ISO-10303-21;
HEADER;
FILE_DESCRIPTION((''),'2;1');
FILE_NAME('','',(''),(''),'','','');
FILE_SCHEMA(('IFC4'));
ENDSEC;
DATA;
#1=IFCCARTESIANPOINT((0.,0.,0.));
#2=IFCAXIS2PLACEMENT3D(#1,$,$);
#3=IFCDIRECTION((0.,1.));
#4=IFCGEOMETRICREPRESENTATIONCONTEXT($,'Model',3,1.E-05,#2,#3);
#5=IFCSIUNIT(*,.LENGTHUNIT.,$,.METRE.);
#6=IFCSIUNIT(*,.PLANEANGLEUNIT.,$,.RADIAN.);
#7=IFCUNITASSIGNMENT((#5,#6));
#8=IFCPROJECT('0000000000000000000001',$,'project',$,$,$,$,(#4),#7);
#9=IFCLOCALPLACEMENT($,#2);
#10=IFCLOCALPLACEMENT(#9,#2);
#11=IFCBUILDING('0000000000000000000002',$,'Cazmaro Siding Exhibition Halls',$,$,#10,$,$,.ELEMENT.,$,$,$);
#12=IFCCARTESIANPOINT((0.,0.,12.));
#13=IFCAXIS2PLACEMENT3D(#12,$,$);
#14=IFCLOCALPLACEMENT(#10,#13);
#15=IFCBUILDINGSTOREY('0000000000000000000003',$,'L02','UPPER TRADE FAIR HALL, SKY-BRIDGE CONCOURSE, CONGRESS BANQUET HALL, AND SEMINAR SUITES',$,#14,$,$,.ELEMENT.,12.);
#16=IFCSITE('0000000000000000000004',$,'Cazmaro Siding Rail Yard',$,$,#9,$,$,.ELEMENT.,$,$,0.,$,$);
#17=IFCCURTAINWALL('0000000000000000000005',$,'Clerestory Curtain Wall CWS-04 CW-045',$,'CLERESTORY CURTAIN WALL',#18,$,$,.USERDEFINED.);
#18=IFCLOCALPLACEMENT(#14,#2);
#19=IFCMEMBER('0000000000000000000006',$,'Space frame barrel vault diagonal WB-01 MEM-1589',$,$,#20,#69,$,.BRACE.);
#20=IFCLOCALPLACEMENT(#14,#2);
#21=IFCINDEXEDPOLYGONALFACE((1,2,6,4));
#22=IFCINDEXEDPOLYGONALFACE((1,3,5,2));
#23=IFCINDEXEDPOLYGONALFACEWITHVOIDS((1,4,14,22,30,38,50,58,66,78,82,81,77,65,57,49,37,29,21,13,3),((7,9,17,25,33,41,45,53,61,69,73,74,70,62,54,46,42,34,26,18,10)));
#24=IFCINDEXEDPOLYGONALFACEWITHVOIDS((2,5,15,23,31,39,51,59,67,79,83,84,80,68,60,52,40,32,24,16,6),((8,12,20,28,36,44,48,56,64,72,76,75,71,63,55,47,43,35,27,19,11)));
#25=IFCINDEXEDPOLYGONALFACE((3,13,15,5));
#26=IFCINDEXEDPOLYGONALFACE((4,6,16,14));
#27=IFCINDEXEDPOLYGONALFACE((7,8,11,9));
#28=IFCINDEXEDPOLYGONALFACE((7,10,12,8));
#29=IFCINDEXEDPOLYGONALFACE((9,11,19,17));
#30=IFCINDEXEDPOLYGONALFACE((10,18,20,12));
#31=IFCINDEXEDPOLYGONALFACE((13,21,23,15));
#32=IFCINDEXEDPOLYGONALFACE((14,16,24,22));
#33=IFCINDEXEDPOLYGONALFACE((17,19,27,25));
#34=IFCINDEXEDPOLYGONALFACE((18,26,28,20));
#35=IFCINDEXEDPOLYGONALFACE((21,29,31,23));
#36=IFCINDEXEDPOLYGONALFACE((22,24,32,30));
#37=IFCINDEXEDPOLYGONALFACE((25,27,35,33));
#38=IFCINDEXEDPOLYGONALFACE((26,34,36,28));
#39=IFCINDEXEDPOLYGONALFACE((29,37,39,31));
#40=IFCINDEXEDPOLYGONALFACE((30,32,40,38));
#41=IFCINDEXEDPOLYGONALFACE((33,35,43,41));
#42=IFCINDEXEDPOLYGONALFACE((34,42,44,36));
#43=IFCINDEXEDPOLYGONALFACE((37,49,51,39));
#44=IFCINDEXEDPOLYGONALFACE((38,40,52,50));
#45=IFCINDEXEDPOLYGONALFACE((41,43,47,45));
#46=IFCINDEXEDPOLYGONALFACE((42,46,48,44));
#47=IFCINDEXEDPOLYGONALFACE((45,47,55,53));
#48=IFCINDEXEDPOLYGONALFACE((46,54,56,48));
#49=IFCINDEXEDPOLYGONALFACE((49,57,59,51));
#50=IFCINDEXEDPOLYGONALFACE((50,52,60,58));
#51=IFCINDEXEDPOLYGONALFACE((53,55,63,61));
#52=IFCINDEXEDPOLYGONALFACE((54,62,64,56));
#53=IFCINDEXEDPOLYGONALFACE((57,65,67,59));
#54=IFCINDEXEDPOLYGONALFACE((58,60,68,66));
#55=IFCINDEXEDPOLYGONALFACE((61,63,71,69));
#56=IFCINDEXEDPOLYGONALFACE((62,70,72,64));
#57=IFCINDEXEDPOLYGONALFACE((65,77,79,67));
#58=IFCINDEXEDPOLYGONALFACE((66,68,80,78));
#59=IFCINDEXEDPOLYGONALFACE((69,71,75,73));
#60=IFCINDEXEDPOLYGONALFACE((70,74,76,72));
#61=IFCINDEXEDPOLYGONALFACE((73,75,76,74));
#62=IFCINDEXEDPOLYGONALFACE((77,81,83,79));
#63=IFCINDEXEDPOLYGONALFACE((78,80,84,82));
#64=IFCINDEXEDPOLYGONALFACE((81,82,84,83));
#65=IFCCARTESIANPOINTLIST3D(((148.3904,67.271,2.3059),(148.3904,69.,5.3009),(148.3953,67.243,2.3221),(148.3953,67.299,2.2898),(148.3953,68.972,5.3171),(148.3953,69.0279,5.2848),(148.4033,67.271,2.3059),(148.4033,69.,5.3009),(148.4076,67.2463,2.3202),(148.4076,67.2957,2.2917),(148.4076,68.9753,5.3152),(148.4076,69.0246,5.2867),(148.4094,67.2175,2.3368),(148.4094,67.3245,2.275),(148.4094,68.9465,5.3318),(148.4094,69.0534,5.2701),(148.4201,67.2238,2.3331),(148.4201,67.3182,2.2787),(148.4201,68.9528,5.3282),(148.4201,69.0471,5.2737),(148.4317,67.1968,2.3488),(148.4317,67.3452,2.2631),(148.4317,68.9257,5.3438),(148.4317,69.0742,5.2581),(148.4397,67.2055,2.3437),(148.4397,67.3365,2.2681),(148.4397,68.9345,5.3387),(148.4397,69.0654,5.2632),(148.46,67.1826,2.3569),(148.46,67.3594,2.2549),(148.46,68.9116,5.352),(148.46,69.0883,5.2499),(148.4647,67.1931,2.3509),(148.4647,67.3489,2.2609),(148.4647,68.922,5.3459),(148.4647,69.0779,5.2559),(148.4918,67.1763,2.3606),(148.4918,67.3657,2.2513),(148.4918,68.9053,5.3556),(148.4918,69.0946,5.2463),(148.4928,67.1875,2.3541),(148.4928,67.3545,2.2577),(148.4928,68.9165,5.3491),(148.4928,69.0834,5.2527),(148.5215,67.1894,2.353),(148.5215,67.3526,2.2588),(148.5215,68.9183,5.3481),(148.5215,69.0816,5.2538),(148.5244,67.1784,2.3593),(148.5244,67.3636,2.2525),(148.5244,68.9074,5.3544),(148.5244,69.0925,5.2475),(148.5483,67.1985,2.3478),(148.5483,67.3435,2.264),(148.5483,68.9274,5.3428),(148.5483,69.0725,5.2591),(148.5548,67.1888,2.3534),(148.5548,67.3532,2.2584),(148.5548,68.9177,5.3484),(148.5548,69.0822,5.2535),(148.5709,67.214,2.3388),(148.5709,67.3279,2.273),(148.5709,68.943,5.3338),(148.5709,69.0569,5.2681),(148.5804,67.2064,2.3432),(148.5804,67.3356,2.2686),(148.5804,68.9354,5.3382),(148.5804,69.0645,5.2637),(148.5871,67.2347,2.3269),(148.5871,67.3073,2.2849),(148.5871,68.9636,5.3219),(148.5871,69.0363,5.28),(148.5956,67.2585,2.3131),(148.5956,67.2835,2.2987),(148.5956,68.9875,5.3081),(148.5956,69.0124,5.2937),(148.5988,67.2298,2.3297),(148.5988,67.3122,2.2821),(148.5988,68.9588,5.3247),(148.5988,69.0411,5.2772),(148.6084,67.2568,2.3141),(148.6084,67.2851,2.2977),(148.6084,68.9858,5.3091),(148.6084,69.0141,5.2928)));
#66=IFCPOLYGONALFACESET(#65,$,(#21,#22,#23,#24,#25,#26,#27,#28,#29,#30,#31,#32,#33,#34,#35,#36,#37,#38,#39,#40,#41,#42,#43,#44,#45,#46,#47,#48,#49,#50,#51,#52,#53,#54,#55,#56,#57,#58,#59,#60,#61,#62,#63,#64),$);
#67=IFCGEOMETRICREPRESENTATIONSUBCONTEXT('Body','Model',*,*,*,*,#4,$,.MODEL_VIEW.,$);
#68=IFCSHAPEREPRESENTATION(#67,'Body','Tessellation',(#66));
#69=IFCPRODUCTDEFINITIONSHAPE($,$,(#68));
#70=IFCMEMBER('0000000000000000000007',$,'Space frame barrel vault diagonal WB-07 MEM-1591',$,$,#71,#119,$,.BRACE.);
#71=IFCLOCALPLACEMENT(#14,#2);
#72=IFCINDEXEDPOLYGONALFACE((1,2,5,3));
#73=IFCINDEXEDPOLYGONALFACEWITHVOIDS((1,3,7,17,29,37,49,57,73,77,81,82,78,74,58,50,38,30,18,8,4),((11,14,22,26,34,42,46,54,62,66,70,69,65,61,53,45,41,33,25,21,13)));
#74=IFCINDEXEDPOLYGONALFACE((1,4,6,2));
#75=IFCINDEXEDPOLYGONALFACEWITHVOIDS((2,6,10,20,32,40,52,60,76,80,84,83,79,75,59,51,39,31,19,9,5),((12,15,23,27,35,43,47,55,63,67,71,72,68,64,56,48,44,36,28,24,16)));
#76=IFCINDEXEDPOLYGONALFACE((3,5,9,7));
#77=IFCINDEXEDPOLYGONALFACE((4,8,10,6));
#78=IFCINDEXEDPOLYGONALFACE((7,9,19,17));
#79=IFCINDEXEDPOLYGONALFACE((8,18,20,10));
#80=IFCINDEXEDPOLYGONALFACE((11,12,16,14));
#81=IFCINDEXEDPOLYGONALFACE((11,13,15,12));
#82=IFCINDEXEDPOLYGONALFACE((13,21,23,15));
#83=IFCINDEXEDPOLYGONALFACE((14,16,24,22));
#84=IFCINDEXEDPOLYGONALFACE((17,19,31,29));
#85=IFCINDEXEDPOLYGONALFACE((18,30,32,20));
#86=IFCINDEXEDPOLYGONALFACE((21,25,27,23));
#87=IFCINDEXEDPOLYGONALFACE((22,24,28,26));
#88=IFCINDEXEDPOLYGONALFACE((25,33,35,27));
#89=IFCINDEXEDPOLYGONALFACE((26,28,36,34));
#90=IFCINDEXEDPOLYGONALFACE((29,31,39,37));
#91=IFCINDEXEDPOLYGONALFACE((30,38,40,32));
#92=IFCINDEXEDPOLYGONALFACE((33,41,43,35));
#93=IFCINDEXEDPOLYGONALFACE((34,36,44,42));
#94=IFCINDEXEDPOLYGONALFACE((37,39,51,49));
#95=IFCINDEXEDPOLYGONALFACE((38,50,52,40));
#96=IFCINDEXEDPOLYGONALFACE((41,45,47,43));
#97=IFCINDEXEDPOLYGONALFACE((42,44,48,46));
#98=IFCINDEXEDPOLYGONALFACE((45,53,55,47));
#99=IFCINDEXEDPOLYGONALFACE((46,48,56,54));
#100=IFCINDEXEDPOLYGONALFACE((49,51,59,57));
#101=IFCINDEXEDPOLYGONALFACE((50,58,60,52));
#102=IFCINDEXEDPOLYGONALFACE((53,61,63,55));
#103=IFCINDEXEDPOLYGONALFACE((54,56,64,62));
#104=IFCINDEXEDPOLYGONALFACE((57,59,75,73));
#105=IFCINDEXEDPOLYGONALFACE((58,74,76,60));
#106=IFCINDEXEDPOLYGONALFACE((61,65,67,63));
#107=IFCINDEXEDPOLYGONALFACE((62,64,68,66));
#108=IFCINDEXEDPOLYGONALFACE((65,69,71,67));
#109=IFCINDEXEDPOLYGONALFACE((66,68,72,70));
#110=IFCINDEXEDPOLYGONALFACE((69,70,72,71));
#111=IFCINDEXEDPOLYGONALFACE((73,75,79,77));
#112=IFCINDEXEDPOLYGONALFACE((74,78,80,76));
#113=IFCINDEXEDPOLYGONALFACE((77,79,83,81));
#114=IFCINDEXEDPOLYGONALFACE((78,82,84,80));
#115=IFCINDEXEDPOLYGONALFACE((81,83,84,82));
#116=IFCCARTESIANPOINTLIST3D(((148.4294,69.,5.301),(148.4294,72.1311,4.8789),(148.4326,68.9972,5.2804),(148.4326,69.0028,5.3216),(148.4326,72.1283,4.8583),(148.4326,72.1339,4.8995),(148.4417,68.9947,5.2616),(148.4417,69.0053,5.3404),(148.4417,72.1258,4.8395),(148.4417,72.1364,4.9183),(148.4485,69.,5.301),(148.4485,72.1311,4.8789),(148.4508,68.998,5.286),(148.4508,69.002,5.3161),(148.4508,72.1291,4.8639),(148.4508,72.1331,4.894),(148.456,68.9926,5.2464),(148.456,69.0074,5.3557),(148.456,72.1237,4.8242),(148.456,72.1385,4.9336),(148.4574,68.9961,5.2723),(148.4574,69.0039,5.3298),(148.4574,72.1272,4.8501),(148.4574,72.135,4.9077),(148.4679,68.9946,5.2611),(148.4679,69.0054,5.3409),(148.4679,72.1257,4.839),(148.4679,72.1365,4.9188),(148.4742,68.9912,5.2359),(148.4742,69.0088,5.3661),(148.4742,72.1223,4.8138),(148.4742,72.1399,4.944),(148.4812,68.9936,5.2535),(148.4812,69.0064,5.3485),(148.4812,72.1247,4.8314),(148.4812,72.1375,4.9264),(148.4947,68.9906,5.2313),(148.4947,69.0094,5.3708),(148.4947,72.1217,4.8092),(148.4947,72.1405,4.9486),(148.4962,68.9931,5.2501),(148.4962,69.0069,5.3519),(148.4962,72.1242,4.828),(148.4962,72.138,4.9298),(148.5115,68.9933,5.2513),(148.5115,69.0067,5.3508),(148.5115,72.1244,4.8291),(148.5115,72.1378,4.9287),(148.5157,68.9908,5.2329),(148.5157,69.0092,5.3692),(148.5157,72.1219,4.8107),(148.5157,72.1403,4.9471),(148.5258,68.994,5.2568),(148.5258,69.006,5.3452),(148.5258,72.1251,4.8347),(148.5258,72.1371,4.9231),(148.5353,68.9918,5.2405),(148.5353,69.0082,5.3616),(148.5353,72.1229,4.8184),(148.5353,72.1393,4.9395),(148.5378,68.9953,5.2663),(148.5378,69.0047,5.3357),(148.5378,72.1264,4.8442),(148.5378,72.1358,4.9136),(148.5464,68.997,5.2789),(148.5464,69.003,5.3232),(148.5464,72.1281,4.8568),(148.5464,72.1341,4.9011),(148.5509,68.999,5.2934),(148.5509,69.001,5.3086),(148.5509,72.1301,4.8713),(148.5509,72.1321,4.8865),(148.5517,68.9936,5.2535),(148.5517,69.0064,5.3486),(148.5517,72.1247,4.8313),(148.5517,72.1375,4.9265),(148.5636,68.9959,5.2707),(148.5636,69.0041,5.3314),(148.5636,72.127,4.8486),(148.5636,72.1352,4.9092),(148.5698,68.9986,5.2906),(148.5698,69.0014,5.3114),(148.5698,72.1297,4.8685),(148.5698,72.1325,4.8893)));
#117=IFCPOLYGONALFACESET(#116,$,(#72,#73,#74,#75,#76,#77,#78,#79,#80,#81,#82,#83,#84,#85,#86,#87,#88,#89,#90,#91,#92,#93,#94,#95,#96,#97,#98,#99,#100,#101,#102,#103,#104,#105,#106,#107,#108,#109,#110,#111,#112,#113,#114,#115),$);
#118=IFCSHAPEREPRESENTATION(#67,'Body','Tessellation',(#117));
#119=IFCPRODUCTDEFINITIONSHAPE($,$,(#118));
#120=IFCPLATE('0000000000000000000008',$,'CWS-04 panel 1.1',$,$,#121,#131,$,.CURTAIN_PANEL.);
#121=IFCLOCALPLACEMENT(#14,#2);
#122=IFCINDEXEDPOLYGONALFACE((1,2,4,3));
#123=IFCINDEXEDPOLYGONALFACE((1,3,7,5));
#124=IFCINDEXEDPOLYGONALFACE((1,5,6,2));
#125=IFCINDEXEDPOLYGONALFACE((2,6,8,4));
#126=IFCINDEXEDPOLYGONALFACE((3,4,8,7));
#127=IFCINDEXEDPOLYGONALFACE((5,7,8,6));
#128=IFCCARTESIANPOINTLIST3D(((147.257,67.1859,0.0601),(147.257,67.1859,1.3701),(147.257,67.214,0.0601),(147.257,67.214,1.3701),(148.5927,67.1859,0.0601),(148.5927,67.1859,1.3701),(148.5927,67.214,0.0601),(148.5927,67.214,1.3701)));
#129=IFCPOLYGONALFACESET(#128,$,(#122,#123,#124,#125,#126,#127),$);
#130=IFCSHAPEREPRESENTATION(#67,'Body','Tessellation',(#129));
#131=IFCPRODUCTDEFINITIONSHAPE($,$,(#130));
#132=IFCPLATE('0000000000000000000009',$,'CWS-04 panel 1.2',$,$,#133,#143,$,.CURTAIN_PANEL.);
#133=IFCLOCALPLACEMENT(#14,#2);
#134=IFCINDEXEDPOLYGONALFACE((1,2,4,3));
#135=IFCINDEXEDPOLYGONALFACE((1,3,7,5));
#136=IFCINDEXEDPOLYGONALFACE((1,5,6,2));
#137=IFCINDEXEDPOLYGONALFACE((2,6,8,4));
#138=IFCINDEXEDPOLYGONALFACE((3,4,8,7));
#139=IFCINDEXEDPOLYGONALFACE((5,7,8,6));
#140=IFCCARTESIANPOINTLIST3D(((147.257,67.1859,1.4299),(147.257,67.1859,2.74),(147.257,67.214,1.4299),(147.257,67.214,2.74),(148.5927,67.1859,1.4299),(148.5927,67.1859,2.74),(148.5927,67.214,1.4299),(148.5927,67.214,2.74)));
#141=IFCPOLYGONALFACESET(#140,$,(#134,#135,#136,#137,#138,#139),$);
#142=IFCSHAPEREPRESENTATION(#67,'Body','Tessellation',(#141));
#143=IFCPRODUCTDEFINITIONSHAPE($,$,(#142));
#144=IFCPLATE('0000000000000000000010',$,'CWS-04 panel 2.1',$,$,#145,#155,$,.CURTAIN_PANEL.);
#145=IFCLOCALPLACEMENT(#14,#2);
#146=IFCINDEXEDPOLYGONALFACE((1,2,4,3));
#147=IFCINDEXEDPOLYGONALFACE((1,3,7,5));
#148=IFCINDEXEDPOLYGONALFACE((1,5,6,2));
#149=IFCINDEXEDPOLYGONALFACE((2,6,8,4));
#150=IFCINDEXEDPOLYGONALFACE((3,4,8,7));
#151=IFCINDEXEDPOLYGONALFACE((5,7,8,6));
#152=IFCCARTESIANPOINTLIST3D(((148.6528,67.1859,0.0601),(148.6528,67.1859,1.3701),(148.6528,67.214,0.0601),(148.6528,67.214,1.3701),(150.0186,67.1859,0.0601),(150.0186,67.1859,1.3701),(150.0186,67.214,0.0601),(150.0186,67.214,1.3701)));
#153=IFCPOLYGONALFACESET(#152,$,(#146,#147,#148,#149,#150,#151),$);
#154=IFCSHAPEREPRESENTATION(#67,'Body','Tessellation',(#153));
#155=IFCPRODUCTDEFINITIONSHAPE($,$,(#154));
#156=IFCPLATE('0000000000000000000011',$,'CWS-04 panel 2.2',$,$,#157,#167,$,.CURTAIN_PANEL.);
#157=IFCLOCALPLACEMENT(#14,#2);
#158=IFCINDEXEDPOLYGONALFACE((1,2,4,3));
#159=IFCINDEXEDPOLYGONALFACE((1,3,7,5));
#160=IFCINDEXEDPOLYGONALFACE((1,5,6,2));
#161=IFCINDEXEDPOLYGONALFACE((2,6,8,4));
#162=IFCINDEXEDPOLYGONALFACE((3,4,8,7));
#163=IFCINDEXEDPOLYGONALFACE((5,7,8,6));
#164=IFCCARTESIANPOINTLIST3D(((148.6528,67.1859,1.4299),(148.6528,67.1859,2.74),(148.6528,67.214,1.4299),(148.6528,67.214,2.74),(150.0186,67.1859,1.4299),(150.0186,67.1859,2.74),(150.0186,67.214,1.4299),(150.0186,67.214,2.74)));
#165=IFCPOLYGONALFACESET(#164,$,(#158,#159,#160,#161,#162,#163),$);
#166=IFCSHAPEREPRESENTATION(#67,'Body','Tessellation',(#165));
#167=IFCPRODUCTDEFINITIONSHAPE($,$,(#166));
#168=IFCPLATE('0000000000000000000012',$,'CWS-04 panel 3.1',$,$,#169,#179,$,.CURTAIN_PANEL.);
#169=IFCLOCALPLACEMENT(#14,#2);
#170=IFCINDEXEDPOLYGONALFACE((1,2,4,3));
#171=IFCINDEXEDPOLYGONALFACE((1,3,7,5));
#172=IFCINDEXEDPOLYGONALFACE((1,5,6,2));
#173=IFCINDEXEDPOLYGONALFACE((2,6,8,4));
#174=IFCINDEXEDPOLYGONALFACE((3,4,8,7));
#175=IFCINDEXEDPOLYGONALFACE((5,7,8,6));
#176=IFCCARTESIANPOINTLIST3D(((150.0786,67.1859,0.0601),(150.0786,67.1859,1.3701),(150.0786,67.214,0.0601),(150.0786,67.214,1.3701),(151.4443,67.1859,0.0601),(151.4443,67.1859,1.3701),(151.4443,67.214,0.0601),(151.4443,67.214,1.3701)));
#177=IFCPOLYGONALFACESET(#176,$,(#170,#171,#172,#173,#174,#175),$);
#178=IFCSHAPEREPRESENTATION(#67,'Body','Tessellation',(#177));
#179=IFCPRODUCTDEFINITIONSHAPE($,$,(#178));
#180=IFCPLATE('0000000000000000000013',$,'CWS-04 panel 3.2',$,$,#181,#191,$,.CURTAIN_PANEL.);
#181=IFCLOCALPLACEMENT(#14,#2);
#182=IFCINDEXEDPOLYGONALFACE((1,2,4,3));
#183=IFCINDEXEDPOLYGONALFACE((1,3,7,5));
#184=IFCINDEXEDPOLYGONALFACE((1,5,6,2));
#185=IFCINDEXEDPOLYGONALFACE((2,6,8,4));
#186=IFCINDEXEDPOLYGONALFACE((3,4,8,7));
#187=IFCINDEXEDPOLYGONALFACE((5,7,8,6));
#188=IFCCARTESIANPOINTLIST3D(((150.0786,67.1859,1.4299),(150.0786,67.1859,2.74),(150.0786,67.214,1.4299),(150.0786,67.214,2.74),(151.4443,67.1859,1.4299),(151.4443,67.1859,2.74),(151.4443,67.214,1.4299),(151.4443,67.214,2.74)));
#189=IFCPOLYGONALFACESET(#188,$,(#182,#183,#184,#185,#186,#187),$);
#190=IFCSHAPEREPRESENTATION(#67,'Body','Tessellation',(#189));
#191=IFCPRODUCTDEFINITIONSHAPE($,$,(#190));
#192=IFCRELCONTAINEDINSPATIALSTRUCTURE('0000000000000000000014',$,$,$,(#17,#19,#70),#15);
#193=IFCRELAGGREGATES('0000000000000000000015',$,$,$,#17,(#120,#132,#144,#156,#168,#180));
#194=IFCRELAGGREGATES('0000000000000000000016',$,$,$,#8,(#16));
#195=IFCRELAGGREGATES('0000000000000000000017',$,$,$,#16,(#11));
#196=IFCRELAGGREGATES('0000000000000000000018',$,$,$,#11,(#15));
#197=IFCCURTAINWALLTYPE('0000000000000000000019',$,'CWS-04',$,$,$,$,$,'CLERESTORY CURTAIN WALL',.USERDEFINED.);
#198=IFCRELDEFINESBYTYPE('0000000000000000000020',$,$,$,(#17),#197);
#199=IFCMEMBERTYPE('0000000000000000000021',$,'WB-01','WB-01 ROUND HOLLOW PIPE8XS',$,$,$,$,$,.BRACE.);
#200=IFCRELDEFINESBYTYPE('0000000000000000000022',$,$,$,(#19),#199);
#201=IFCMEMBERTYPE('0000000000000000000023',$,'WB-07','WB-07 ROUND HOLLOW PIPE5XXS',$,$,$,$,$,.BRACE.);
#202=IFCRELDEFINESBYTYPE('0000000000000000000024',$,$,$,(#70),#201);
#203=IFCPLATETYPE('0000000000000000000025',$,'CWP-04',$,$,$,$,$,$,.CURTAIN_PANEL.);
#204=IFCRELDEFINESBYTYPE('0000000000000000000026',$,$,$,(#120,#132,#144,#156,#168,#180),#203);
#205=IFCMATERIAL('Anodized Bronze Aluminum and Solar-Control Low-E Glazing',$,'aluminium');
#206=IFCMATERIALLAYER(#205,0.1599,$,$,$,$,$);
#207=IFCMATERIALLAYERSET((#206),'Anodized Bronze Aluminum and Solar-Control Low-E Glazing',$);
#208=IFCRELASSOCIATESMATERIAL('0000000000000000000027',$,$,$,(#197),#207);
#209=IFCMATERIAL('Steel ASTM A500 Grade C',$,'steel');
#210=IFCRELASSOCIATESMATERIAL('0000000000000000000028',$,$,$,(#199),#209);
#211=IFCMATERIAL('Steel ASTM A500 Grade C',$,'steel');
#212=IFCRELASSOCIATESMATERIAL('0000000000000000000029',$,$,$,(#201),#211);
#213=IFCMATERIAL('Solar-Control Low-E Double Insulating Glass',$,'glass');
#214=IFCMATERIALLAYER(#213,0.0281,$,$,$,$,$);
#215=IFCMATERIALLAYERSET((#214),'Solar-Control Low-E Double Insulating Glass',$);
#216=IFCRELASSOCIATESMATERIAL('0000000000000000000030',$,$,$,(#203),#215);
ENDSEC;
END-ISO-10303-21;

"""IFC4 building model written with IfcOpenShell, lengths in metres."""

from ifc_helpers import new_model, si_unit, direction, frame, origin, origin_2d, place, context, subcontext, project, spatial, rectangle, hollow_circle, extrude, material, layer, layer_set, material_profile, profile_set, type_object, element, aggregate, save


model = new_model("IFC4")

# Units and contexts
model_context = context("Model", 3, precision=1e-05, world=origin(), true_north=direction((0.0, 1.0)))
body_context = subcontext(model_context, "Body", "Model", "MODEL_VIEW")
ifc_project = project(units=[si_unit("LENGTHUNIT", "METRE"), si_unit("PLANEANGLEUNIT", "RADIAN")], contexts=[model_context])

# Site, building, storey
site_placement = place(None, origin())
site = spatial("IfcSite", under=ifc_project, at=site_placement, Name="Cazmaro Siding Rail Yard", CompositionType="ELEMENT", RefElevation=0.0)
building_placement = place(site_placement, origin())
building = spatial("IfcBuilding", under=site, at=building_placement, Name="Cazmaro Siding Exhibition Halls", CompositionType="ELEMENT")
storey_placement = place(building_placement, frame((0.0, 0.0, 12.0)))
storey = spatial("IfcBuildingStorey", under=building, at=storey_placement, Name="L02", Description="UPPER TRADE FAIR HALL, SKY-BRIDGE CONCOURSE, CONGRESS BANQUET HALL, AND SEMINAR SUITES", CompositionType="ELEMENT", Elevation=12.0)

# Curtain wall
ifc_material_1 = material(Name="Anodized Bronze Aluminum and Solar-Control Low-E Glazing", Category="aluminium")
ifc_layer_1 = layer(ifc_material_1, 0.1599)
ifc_layer_set_1 = layer_set([ifc_layer_1], Name="Anodized Bronze Aluminum and Solar-Control Low-E Glazing")
curtain_wall_type = type_object("IfcCurtainWallType", Name="CWS-04", ElementType="CLERESTORY CURTAIN WALL", PredefinedType="USERDEFINED", material=ifc_layer_set_1)
curtain_wall_placement = place(storey_placement, origin())
curtain_wall = element("IfcCurtainWall", 1, at=curtain_wall_placement, inside=storey, type_object=curtain_wall_type, Name="Clerestory Curtain Wall CWS-04 CW-045", ObjectType="CLERESTORY CURTAIN WALL", PredefinedType="USERDEFINED")

# Members
ifc_material_2 = material(Name="Steel ASTM A500 Grade C", Category="steel")
ifc_material_profile_1 = material_profile(ifc_material_2, hollow_circle(Radius=0.1096, WallThickness=0.0129, at=origin_2d()), Name="PIPE8XS")
ifc_profile_set_1 = profile_set([ifc_material_profile_1], Name="Steel ASTM A500 Grade C")
member_type_1 = type_object("IfcMemberType", Name="WB-01", Description="WB-01 ROUND HOLLOW PIPE8XS", PredefinedType="BRACE", material=ifc_profile_set_1)
member_1_placement = place(storey_placement, frame((148.5, 67.271, 2.3059), z_axis=(0.0, 0.499951, 0.866054), x_axis=(-1.0, 0.0, 0.0)))
element("IfcMember", 2, at=member_1_placement, inside=storey, type_object=member_type_1, Name="Space frame barrel vault diagonal WB-01 MEM-1589", PredefinedType="BRACE", context=body_context, shape_type="SweptSolid", body=[
    extrude(hollow_circle(Radius=0.1096, WallThickness=0.0129, at=origin_2d()), origin(), (0.0, 0.0, 1.0), 3.4583),
])
ifc_material_3 = material(Name="Steel ASTM A500 Grade C", Category="steel")
ifc_material_profile_2 = material_profile(ifc_material_3, hollow_circle(Radius=0.0706, WallThickness=0.019, at=origin_2d()), Name="PIPE5XXS")
ifc_profile_set_2 = profile_set([ifc_material_profile_2], Name="Steel ASTM A500 Grade C")
member_type_2 = type_object("IfcMemberType", Name="WB-07", Description="WB-07 ROUND HOLLOW PIPE5XXS", PredefinedType="BRACE", material=ifc_profile_set_2)
member_2_placement = place(storey_placement, frame((148.5, 69.0, 5.301), z_axis=(0.0, 0.991035, -0.133606), x_axis=(-1.0, 0.0, 0.0)))
element("IfcMember", 3, at=member_2_placement, inside=storey, type_object=member_type_2, Name="Space frame barrel vault diagonal WB-07 MEM-1591", PredefinedType="BRACE", context=body_context, shape_type="SweptSolid", body=[
    extrude(hollow_circle(Radius=0.0706, WallThickness=0.019, at=origin_2d()), origin(), (0.0, 0.0, 1.0), 3.1594),
])

# Plates
ifc_material_4 = material(Name="Solar-Control Low-E Double Insulating Glass", Category="glass")
ifc_layer_2 = layer(ifc_material_4, 0.0281)
ifc_layer_set_2 = layer_set([ifc_layer_2], Name="Solar-Control Low-E Double Insulating Glass")
plate_type = type_object("IfcPlateType", Name="CWP-04", PredefinedType="CURTAIN_PANEL", material=ifc_layer_set_2)
plate_1_placement = place(storey_placement, frame((147.9248, 67.2, 0.0601), z_axis=(0.0, 0.0, 1.0), x_axis=(1.0, 0.0, 0.0)))
plate_1 = element("IfcPlate", 4, at=plate_1_placement, type_object=plate_type, Name="CWS-04 panel 1.1", PredefinedType="CURTAIN_PANEL", context=body_context, shape_type="SweptSolid", body=[
    extrude(rectangle(XDim=1.3357, YDim=0.0281, at=origin_2d()), origin(), (0.0, 0.0, 1.0), 1.3101),
])
plate_2_placement = place(storey_placement, frame((147.9248, 67.2, 1.4299), z_axis=(0.0, 0.0, 1.0), x_axis=(1.0, 0.0, 0.0)))
plate_2 = element("IfcPlate", 5, at=plate_2_placement, type_object=plate_type, Name="CWS-04 panel 1.2", PredefinedType="CURTAIN_PANEL", context=body_context, shape_type="SweptSolid", body=[
    extrude(rectangle(XDim=1.3357, YDim=0.0281, at=origin_2d()), origin(), (0.0, 0.0, 1.0), 1.3101),
])
plate_3_placement = place(storey_placement, frame((149.3357, 67.2, 0.0601), z_axis=(0.0, 0.0, 1.0), x_axis=(1.0, 0.0, 0.0)))
plate_3 = element("IfcPlate", 6, at=plate_3_placement, type_object=plate_type, Name="CWS-04 panel 2.1", PredefinedType="CURTAIN_PANEL", context=body_context, shape_type="SweptSolid", body=[
    extrude(rectangle(XDim=1.3657, YDim=0.0281, at=origin_2d()), origin(), (0.0, 0.0, 1.0), 1.3101),
])
plate_4_placement = place(storey_placement, frame((149.3357, 67.2, 1.4299), z_axis=(0.0, 0.0, 1.0), x_axis=(1.0, 0.0, 0.0)))
plate_4 = element("IfcPlate", 7, at=plate_4_placement, type_object=plate_type, Name="CWS-04 panel 2.2", PredefinedType="CURTAIN_PANEL", context=body_context, shape_type="SweptSolid", body=[
    extrude(rectangle(XDim=1.3657, YDim=0.0281, at=origin_2d()), origin(), (0.0, 0.0, 1.0), 1.3101),
])
plate_5_placement = place(storey_placement, frame((150.7615, 67.2, 0.0601), z_axis=(0.0, 0.0, 1.0), x_axis=(1.0, 0.0, 0.0)))
plate_5 = element("IfcPlate", 8, at=plate_5_placement, type_object=plate_type, Name="CWS-04 panel 3.1", PredefinedType="CURTAIN_PANEL", context=body_context, shape_type="SweptSolid", body=[
    extrude(rectangle(XDim=1.3657, YDim=0.0281, at=origin_2d()), origin(), (0.0, 0.0, 1.0), 1.3101),
])
plate_6_placement = place(storey_placement, frame((150.7615, 67.2, 1.4299), z_axis=(0.0, 0.0, 1.0), x_axis=(1.0, 0.0, 0.0)))
plate_6 = element("IfcPlate", 9, at=plate_6_placement, type_object=plate_type, Name="CWS-04 panel 3.2", PredefinedType="CURTAIN_PANEL", context=body_context, shape_type="SweptSolid", body=[
    extrude(rectangle(XDim=1.3657, YDim=0.0281, at=origin_2d()), origin(), (0.0, 0.0, 1.0), 1.3101),
])
aggregate(curtain_wall, [plate_1, plate_2, plate_3, plate_4, plate_5, plate_6])

save(model, "model.ifc")
